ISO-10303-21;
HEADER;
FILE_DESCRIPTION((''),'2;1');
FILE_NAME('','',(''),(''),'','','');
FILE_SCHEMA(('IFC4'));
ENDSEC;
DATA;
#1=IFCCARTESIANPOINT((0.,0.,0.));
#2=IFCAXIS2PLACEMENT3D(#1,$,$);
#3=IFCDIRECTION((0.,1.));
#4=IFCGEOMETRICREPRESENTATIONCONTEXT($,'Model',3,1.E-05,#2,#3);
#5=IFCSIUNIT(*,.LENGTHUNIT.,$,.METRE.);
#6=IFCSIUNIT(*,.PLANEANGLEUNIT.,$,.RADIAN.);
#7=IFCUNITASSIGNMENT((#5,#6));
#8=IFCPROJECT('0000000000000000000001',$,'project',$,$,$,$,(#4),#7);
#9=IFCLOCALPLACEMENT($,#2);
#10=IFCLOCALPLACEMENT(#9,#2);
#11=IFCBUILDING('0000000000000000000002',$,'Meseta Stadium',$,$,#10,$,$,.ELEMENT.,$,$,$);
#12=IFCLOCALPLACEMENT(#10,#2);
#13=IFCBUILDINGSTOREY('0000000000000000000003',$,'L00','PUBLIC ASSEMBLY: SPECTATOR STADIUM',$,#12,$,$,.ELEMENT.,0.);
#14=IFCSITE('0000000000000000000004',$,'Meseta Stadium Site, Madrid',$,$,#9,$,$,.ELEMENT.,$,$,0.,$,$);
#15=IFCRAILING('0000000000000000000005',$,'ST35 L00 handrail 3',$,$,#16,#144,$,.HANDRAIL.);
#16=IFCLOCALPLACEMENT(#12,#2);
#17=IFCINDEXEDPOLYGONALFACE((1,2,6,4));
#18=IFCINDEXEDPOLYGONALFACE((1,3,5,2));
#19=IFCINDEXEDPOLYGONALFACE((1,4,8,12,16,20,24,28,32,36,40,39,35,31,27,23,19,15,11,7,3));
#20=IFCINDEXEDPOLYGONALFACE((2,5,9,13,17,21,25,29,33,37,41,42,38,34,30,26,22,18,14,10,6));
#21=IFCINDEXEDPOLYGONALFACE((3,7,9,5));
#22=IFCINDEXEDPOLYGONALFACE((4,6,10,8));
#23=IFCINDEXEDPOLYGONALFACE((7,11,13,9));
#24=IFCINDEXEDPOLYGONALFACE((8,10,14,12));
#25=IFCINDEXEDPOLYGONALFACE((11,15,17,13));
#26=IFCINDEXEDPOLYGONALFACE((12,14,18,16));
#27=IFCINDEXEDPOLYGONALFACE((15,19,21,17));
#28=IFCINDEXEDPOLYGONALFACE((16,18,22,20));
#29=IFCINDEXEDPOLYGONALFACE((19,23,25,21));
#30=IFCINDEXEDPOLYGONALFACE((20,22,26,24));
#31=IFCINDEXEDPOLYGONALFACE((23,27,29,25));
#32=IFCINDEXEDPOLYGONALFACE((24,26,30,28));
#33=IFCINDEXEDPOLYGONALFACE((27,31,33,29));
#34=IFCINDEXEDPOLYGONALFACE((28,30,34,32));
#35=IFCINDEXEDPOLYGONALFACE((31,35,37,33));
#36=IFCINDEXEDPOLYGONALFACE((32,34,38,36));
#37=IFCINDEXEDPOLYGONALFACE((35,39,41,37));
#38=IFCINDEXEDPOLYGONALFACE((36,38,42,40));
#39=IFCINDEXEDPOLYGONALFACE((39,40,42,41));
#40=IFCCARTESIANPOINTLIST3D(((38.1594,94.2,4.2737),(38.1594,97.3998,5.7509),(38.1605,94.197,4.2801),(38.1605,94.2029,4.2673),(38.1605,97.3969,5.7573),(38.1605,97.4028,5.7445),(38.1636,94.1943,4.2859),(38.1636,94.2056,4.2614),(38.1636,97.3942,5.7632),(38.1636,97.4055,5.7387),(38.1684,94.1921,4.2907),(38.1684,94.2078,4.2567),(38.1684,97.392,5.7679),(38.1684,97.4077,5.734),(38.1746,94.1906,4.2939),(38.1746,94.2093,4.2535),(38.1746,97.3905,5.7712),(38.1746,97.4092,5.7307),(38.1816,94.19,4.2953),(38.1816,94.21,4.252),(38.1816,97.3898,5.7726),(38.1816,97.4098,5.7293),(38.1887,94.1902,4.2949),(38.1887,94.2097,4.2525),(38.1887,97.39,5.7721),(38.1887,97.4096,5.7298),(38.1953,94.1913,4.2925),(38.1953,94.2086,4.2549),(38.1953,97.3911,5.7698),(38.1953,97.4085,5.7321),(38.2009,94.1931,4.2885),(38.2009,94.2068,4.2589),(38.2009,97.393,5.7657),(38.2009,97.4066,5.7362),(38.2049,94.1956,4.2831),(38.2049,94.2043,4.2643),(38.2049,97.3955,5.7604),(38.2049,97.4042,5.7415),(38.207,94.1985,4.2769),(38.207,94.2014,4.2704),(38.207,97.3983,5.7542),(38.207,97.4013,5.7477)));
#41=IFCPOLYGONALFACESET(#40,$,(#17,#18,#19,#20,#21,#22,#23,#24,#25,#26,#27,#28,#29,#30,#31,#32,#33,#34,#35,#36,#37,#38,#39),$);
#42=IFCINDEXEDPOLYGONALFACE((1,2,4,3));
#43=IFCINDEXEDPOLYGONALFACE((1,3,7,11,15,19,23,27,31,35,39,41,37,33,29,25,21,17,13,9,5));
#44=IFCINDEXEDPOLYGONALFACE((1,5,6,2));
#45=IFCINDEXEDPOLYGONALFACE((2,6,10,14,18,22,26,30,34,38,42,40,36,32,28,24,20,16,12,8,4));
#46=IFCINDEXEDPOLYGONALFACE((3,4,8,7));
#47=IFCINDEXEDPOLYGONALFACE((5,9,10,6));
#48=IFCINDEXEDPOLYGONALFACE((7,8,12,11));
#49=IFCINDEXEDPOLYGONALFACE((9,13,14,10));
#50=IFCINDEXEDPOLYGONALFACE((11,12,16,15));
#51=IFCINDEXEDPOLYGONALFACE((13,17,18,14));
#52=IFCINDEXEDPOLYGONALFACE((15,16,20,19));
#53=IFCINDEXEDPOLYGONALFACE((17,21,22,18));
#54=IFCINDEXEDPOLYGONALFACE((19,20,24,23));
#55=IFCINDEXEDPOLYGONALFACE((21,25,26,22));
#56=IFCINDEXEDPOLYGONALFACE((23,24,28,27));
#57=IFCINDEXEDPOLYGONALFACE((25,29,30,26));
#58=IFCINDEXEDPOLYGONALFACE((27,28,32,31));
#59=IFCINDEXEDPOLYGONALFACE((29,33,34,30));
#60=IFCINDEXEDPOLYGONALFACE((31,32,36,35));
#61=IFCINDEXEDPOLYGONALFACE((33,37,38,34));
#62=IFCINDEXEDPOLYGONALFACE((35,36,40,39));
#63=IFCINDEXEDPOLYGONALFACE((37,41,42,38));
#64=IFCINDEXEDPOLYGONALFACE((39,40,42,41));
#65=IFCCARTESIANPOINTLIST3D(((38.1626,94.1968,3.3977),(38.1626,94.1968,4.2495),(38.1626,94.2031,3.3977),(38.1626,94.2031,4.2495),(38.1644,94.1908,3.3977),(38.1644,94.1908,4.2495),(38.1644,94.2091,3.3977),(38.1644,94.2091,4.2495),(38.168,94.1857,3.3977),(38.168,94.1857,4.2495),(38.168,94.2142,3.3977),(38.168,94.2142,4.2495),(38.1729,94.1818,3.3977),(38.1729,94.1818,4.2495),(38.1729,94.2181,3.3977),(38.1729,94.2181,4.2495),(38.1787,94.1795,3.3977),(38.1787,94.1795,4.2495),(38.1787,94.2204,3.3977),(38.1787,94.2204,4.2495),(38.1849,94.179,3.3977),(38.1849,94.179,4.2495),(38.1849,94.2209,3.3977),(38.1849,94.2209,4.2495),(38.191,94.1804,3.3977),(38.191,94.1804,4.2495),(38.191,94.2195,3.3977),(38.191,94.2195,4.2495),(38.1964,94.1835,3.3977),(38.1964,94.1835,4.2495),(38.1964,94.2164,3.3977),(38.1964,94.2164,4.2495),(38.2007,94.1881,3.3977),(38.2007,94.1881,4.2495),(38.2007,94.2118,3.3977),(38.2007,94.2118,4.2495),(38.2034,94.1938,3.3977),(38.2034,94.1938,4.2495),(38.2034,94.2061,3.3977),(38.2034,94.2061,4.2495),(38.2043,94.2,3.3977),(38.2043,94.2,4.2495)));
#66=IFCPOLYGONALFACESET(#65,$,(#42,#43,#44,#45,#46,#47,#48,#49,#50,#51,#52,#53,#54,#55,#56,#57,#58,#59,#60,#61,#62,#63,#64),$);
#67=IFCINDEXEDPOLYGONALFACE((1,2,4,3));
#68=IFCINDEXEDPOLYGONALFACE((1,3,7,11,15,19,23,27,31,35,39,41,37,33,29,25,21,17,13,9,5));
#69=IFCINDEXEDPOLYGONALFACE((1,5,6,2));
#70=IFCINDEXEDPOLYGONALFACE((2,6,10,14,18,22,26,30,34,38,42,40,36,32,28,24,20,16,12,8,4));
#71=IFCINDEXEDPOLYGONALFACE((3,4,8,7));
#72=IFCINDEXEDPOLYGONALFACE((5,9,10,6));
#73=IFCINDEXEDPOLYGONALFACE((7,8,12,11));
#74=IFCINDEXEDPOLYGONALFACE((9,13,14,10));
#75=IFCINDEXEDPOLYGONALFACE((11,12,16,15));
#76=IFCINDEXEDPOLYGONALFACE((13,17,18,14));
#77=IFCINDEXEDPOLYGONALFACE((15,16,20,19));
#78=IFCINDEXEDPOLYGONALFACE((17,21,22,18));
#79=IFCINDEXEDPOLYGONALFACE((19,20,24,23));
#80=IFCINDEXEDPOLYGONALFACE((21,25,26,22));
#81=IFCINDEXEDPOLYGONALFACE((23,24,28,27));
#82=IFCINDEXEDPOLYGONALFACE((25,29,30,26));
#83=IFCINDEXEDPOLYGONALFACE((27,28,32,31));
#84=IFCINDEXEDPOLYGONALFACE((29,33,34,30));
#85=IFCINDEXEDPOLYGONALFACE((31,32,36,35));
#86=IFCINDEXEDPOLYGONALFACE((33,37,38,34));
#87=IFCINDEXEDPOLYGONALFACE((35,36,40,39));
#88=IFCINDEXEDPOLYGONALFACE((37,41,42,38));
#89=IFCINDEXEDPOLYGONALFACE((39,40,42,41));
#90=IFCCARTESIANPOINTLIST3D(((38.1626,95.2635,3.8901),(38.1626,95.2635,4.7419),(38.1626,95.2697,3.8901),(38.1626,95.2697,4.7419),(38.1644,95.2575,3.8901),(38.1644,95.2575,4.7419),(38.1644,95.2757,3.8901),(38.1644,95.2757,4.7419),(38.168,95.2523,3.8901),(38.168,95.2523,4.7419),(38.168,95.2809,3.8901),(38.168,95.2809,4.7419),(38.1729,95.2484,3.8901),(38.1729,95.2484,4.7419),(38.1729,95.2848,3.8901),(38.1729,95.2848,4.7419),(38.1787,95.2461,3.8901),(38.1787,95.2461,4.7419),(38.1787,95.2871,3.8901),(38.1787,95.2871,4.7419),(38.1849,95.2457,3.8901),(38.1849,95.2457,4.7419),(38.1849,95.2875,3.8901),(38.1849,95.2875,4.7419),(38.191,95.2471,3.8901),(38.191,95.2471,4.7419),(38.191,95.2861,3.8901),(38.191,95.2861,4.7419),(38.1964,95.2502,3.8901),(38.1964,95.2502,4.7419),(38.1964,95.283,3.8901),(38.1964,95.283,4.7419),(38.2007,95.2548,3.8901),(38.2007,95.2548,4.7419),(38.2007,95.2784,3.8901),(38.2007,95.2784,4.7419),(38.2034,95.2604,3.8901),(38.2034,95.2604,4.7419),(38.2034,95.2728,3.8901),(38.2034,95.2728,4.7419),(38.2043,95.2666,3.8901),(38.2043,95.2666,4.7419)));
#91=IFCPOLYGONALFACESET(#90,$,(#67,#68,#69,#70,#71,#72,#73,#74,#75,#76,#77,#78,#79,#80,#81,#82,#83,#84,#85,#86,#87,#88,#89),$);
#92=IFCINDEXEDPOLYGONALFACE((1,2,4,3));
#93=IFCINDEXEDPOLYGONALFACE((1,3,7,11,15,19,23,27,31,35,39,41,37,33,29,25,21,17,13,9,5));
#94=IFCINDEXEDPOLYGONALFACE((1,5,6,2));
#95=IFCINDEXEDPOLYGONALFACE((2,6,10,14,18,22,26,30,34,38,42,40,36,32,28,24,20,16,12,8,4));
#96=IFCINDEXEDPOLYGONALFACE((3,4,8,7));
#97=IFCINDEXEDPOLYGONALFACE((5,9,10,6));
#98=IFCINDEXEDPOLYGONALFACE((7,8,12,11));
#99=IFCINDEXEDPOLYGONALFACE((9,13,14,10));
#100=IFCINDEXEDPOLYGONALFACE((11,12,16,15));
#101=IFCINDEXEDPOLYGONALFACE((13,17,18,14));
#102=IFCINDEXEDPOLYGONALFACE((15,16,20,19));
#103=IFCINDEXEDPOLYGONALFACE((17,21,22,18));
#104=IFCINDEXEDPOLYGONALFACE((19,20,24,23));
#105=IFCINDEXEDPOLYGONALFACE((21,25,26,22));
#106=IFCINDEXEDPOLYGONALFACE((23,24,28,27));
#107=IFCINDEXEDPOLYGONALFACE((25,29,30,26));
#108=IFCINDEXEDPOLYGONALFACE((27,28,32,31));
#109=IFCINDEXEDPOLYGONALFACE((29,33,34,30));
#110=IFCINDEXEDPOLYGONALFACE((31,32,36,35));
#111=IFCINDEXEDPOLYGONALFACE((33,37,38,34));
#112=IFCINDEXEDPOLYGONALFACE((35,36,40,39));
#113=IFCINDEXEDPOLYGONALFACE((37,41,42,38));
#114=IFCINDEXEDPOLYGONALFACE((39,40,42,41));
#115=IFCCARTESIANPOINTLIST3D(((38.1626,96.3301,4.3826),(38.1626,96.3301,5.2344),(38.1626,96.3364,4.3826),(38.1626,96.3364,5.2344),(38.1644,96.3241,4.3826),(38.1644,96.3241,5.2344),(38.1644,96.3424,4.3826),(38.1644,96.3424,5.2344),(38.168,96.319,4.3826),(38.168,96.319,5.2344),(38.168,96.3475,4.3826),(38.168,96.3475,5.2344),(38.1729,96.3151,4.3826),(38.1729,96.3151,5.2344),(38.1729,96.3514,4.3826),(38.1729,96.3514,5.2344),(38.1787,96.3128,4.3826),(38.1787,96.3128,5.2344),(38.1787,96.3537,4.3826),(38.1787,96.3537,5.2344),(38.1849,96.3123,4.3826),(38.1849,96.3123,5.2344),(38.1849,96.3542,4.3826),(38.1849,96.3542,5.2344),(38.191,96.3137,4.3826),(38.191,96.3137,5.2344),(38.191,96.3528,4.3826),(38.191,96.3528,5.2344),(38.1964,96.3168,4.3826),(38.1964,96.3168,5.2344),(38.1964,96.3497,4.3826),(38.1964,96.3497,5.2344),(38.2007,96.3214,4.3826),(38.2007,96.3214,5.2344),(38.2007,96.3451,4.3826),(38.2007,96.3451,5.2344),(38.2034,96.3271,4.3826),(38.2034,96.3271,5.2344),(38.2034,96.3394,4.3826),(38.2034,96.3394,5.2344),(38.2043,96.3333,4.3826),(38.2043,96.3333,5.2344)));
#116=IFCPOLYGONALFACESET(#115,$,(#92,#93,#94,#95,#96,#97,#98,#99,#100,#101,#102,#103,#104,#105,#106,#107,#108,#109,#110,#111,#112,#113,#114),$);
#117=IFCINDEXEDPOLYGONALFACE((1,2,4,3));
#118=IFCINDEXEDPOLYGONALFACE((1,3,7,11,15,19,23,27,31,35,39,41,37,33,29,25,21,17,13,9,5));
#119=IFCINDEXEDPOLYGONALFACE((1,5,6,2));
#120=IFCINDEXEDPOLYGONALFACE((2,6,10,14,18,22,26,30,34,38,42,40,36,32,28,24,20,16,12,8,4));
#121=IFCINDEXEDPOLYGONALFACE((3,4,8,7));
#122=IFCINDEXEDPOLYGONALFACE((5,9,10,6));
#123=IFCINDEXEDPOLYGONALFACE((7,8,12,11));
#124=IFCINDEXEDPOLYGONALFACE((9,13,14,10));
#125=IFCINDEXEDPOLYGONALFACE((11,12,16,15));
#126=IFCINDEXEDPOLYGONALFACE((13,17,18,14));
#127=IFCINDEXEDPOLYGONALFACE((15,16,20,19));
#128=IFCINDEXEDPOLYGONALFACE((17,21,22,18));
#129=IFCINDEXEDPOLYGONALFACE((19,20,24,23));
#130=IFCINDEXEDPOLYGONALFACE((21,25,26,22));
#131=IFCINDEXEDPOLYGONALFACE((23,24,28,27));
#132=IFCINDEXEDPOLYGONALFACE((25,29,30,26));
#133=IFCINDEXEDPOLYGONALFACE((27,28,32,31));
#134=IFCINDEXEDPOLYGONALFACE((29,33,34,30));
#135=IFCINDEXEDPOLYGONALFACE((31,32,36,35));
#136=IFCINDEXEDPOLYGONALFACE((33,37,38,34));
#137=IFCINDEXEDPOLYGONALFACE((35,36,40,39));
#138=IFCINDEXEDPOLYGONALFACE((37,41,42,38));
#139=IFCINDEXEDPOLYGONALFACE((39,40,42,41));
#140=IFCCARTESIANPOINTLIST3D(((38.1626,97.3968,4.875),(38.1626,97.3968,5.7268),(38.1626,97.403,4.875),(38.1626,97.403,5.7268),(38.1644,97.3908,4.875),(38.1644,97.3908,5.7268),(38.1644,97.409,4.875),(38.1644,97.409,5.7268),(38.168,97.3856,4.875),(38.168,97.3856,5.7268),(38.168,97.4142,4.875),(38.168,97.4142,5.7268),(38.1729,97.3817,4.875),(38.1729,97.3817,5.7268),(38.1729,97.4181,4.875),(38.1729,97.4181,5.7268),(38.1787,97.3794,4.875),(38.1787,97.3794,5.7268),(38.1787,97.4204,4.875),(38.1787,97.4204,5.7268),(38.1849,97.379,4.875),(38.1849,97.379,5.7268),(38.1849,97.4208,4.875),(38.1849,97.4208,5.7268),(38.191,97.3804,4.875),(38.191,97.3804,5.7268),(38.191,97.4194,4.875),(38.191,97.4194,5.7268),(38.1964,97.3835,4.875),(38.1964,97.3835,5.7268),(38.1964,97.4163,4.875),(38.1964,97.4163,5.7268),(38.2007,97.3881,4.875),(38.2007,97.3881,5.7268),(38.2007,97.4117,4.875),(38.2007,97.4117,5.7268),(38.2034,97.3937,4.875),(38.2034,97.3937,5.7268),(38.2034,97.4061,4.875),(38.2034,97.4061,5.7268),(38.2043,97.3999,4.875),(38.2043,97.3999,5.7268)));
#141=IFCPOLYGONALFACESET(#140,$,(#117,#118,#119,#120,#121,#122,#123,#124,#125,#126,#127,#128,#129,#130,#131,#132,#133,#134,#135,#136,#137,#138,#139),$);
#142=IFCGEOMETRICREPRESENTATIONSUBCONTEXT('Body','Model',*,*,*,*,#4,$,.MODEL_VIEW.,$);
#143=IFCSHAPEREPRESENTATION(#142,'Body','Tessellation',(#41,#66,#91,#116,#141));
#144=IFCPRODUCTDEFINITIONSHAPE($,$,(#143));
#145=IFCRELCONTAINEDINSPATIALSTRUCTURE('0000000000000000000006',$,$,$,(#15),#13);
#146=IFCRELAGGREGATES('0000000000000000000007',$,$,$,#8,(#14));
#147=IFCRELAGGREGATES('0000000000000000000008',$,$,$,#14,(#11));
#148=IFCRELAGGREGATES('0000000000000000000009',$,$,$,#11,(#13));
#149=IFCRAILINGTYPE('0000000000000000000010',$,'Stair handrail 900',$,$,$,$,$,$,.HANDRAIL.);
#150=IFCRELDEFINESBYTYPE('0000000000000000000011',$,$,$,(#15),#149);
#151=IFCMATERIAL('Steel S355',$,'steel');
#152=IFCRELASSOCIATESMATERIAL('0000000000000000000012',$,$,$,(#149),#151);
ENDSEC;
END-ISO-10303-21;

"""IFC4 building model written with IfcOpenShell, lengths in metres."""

from ifc_helpers import new_model, si_unit, direction, frame, origin, origin_2d, place, context, subcontext, project, spatial, circle, extrude, material, type_object, element, save


model = new_model("IFC4")

# Units and contexts
model_context = context("Model", 3, precision=1e-05, world=origin(), true_north=direction((0.0, 1.0)))
body_context = subcontext(model_context, "Body", "Model", "MODEL_VIEW")
ifc_project = project(units=[si_unit("LENGTHUNIT", "METRE"), si_unit("PLANEANGLEUNIT", "RADIAN")], contexts=[model_context])

# Site, building, storey
site_placement = place(None, origin())
site = spatial("IfcSite", under=ifc_project, at=site_placement, Name="Meseta Stadium Site, Madrid", CompositionType="ELEMENT", RefElevation=0.0)
building_placement = place(site_placement, origin())
building = spatial("IfcBuilding", under=site, at=building_placement, Name="Meseta Stadium", CompositionType="ELEMENT")
storey_placement = place(building_placement, origin())
storey = spatial("IfcBuildingStorey", under=building, at=storey_placement, Name="L00", Description="PUBLIC ASSEMBLY: SPECTATOR STADIUM", CompositionType="ELEMENT", Elevation=0.0)

# Railing
ifc_material_1 = material(Name="Steel S355", Category="steel")
railing_type_1 = type_object("IfcRailingType", Name="Stair handrail 900", PredefinedType="HANDRAIL", material=ifc_material_1)
for number, where, name in (
    (1, (38.1833, 94.2, 3.3977), "ST35 L00 handrail 3"),
):
    element("IfcRailing", number, at=place(storey_placement, frame(where)), inside=storey, type_object=railing_type_1, Name=name, PredefinedType="HANDRAIL", context=body_context, shape_type="SweptSolid", body=[
        extrude(circle(Radius=0.0239, at=origin_2d()), frame((0.0, 0.0, 0.876), z_axis=(0.0, 0.907917, 0.41915), x_axis=(-1.0, 0.0, 0.0)), (0.0, 0.0, 1.0), 3.5244),
        extrude(circle(Radius=0.021, at=origin_2d()), origin(), (0.0, 0.0, 1.0), 0.8518),
        extrude(circle(Radius=0.021, at=origin_2d()), frame((0.0, 1.0667, 0.4924)), (0.0, 0.0, 1.0), 0.8518),
        extrude(circle(Radius=0.021, at=origin_2d()), frame((0.0, 2.1333, 0.9849)), (0.0, 0.0, 1.0), 0.8518),
        extrude(circle(Radius=0.021, at=origin_2d()), frame((0.0, 3.2, 1.4773)), (0.0, 0.0, 1.0), 0.8518),
    ])

save(model, "model.ifc")
